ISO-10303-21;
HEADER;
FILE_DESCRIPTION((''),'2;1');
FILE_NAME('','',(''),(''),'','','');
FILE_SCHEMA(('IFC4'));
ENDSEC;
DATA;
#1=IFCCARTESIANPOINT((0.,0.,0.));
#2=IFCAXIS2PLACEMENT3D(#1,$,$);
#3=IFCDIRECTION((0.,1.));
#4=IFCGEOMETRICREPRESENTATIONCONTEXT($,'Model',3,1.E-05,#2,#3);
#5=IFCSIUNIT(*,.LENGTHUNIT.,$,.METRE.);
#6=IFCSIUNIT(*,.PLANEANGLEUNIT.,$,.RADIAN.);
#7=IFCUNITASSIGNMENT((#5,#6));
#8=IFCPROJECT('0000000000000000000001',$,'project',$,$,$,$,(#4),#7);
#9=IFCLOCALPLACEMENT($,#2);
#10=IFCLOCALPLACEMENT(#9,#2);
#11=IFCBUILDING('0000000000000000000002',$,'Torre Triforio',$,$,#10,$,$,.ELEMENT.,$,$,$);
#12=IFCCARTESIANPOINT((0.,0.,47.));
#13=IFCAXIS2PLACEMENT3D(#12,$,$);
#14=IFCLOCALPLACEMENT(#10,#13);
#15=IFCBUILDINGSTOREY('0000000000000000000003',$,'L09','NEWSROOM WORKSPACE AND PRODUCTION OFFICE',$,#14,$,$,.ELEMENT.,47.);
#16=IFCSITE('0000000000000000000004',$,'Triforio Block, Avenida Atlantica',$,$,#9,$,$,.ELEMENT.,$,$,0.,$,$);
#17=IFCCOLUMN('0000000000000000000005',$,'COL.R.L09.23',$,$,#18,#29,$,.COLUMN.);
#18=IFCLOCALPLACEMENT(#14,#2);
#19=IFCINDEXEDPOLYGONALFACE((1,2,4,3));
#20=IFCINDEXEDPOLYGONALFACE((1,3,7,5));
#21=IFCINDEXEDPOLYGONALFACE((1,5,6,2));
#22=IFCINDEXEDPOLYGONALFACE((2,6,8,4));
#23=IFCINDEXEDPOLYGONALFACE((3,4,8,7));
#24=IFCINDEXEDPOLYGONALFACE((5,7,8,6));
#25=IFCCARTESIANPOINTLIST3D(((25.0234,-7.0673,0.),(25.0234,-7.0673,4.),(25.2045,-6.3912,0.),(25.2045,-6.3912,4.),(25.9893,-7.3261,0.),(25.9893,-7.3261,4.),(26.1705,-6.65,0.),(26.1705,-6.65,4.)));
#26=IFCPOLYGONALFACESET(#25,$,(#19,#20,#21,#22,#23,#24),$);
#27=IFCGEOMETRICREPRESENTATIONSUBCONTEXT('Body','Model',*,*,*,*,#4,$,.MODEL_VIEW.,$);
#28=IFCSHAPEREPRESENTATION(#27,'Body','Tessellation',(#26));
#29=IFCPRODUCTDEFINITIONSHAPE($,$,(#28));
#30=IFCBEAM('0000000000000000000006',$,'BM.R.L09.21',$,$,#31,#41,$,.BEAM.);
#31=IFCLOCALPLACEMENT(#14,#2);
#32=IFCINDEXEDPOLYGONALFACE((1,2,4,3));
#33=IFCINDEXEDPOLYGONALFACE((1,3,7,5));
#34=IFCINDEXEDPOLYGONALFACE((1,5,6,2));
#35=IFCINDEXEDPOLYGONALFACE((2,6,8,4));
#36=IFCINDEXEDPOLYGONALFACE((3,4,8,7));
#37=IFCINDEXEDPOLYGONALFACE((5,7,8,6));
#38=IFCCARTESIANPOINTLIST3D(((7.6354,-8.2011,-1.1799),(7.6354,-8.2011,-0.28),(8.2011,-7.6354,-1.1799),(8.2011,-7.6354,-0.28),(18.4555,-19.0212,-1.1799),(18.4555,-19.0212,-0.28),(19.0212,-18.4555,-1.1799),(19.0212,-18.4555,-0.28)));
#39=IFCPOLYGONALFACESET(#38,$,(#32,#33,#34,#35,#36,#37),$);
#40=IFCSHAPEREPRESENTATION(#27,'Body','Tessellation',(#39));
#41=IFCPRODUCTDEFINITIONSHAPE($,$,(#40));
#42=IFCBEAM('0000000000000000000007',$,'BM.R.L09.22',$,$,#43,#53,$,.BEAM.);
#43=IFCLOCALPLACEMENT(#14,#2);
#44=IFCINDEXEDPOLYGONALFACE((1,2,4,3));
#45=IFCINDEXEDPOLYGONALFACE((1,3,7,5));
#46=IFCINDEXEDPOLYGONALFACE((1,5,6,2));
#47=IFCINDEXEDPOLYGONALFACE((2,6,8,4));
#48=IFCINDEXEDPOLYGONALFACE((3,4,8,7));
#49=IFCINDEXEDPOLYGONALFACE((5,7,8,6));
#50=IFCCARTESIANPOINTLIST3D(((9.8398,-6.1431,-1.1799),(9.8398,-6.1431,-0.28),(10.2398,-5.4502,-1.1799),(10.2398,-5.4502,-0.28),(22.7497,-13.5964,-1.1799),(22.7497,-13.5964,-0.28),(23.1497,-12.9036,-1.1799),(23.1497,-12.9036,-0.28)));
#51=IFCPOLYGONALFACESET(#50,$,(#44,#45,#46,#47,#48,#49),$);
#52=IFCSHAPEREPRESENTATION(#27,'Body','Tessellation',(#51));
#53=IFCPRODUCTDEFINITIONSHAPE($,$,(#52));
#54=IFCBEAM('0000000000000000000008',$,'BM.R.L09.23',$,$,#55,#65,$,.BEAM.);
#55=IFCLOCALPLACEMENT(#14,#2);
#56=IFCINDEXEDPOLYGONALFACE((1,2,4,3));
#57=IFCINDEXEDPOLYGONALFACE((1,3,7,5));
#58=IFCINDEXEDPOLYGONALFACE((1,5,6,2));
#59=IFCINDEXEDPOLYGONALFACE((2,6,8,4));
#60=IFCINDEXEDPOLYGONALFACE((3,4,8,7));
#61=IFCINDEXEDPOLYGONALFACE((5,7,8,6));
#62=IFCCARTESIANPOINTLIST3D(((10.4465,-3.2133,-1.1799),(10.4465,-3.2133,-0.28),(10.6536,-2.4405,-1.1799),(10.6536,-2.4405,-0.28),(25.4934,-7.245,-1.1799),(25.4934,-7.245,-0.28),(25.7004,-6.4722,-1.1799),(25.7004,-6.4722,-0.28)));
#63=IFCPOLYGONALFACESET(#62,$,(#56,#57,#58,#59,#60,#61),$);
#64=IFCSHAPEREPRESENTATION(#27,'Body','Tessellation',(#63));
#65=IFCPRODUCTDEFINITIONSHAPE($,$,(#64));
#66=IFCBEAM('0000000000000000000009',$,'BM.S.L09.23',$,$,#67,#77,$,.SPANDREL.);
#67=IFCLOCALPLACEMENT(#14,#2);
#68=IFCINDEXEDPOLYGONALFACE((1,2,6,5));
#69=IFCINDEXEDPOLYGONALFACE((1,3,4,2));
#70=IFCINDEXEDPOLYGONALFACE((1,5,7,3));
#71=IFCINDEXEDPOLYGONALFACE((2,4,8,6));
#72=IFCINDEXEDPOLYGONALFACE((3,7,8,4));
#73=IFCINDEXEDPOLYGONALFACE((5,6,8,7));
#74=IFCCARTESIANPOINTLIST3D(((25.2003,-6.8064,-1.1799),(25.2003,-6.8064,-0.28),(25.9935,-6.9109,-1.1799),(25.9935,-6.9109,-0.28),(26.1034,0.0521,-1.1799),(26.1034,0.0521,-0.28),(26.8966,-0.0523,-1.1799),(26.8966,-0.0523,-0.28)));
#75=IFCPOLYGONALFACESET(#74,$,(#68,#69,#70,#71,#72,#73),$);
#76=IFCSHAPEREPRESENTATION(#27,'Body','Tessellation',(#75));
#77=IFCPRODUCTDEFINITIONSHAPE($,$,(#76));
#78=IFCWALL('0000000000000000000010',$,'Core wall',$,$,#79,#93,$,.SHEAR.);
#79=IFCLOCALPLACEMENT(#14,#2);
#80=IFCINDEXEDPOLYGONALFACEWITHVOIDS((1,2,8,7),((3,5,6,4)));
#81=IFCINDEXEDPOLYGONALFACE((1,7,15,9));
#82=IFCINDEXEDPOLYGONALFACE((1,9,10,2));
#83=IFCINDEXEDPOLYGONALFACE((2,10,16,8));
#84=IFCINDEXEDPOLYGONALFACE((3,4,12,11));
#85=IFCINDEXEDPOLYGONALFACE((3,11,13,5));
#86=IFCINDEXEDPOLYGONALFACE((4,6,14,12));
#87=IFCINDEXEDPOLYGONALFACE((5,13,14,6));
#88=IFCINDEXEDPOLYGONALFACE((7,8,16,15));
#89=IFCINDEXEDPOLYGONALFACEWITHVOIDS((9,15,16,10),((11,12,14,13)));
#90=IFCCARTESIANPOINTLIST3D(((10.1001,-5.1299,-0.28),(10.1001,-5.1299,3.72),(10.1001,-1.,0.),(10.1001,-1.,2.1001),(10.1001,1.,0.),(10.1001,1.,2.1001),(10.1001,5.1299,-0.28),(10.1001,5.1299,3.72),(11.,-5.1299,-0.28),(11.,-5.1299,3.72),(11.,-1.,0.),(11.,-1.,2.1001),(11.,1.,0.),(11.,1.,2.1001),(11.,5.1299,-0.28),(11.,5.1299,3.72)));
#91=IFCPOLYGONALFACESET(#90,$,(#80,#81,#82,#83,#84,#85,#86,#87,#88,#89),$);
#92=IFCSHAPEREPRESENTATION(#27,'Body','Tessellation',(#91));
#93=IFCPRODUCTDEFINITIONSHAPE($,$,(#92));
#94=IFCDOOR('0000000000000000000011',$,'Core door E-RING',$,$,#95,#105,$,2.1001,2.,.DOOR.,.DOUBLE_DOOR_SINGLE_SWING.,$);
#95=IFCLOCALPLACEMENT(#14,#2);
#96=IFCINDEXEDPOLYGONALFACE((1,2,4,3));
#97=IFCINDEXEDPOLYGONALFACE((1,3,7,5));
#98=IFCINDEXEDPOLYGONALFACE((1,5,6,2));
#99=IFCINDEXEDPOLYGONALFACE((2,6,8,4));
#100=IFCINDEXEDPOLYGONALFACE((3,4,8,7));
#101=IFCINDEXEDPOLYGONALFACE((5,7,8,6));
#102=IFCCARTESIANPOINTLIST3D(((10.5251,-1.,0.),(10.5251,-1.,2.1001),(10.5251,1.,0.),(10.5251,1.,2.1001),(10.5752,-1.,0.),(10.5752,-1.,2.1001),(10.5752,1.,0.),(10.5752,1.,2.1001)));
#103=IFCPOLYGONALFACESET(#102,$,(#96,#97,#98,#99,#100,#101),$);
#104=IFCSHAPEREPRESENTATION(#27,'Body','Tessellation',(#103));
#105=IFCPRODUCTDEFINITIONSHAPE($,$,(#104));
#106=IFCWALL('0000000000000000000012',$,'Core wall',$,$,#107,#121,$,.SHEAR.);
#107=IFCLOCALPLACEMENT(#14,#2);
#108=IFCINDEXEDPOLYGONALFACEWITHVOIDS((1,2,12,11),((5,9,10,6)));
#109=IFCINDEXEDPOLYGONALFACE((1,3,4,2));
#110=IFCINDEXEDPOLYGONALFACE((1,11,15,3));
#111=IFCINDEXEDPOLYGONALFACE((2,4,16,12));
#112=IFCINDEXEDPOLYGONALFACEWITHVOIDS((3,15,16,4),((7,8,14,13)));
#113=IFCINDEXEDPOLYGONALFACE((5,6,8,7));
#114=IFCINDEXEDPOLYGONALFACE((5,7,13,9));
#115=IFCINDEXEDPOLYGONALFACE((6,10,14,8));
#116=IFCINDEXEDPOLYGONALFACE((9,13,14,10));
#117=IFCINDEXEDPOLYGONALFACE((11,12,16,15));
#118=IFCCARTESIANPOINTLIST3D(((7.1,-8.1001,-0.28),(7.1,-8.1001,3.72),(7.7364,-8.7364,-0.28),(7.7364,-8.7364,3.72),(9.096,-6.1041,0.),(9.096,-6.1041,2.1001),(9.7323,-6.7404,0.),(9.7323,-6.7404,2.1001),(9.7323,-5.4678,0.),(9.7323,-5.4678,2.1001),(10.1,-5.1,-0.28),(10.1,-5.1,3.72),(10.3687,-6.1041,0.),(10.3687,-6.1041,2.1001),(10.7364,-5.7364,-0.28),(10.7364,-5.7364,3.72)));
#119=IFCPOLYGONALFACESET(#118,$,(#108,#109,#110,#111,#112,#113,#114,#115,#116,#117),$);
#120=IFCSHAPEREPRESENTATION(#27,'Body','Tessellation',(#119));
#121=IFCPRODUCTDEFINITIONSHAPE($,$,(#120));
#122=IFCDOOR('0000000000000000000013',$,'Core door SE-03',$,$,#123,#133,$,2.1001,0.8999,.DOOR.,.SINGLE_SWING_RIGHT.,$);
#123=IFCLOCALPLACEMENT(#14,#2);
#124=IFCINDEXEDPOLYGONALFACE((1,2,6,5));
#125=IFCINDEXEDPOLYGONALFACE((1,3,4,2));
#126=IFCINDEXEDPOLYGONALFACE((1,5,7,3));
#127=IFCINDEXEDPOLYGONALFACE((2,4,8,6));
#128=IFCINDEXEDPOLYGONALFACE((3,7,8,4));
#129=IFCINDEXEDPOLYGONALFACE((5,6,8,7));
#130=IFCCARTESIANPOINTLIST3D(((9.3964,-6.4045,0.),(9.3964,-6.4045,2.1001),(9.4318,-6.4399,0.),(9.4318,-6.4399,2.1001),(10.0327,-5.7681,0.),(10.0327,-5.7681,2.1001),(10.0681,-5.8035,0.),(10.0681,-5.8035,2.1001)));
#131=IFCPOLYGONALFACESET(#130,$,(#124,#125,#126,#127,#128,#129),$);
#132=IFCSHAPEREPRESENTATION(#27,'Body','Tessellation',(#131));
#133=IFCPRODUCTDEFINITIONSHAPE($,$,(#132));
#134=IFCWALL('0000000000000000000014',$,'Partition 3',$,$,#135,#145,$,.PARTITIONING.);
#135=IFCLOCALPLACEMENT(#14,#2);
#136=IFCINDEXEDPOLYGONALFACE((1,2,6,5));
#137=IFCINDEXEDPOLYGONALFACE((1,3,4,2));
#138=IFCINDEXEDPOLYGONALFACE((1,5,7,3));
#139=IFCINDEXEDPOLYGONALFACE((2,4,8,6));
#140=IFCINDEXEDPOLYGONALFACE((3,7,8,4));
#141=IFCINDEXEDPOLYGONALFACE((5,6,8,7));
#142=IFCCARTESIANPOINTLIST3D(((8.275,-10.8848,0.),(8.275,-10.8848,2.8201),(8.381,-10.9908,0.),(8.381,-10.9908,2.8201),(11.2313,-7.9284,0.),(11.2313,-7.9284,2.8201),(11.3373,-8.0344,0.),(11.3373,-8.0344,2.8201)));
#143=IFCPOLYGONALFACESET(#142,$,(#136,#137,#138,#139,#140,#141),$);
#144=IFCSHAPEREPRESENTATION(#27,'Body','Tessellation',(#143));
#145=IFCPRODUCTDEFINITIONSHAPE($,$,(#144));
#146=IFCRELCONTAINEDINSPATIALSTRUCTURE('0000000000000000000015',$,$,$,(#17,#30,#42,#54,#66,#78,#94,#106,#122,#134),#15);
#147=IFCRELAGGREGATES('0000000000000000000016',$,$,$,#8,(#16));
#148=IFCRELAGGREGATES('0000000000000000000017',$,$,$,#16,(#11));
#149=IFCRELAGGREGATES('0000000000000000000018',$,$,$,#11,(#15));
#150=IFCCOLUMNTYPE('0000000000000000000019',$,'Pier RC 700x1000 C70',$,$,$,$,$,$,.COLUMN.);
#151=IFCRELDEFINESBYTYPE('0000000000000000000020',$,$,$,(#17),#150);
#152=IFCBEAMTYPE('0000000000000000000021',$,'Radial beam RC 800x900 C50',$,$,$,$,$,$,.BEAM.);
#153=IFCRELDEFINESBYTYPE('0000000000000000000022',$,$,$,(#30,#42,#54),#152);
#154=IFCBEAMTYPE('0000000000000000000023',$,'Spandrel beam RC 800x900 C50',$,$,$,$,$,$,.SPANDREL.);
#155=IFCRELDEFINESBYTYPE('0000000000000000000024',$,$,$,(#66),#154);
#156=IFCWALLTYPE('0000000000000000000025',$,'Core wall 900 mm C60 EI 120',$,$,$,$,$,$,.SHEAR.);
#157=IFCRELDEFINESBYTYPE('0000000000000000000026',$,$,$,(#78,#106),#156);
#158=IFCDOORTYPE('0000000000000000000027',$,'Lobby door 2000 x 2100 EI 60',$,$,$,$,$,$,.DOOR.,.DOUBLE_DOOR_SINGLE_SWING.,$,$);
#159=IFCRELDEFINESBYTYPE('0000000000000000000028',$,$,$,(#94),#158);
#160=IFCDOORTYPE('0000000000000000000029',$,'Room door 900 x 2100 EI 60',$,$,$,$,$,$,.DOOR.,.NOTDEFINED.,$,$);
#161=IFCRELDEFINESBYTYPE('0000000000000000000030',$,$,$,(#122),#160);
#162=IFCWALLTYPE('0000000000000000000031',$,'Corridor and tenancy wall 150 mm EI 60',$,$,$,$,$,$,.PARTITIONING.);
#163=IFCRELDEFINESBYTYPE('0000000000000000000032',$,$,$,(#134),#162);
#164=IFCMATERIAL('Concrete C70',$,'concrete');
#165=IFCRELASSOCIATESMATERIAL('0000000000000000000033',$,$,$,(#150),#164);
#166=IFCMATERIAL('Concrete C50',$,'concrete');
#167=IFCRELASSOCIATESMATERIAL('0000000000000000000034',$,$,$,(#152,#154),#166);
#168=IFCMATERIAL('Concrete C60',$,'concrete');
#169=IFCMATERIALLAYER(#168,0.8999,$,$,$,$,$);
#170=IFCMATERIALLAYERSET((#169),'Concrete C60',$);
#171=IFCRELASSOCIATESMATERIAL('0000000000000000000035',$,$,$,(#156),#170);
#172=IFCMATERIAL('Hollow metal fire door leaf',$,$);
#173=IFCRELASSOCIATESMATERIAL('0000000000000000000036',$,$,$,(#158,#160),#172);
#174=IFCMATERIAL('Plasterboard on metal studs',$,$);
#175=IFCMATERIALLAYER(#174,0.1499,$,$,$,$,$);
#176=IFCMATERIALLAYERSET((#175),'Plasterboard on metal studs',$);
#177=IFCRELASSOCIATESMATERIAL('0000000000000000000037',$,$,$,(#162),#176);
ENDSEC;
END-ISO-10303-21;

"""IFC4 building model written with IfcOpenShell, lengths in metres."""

from ifc_helpers import new_model, si_unit, direction, frame, frame_2d, origin, origin_2d, place, context, subcontext, project, spatial, rectangle, extrude, material, layer, layer_set, material_profile, profile_set, type_object, element, fill, save


model = new_model("IFC4")

# Units and contexts
model_context = context("Model", 3, precision=1e-05, world=origin(), true_north=direction((0.0, 1.0)))
body_context = subcontext(model_context, "Body", "Model", "MODEL_VIEW")
ifc_project = project(units=[si_unit("LENGTHUNIT", "METRE"), si_unit("PLANEANGLEUNIT", "RADIAN")], contexts=[model_context])

# Site, building, storey
site_placement = place(None, origin())
site = spatial("IfcSite", under=ifc_project, at=site_placement, Name="Triforio Block, Avenida Atlantica", CompositionType="ELEMENT", RefElevation=0.0)
building_placement = place(site_placement, origin())
building = spatial("IfcBuilding", under=site, at=building_placement, Name="Torre Triforio", CompositionType="ELEMENT")
storey_placement = place(building_placement, frame((0.0, 0.0, 47.0)))
storey = spatial("IfcBuildingStorey", under=building, at=storey_placement, Name="L09", Description="NEWSROOM WORKSPACE AND PRODUCTION OFFICE", CompositionType="ELEMENT", Elevation=47.0)

# Column
ifc_material_1 = material(Name="Concrete C70", Category="concrete")
ifc_material_profile_1 = material_profile(ifc_material_1, rectangle(XDim=0.7, YDim=1.0, at=origin_2d()), Name="RC 700x1000")
ifc_profile_set_1 = profile_set([ifc_material_profile_1], Name="Concrete C70")
column_type = type_object("IfcColumnType", Name="Pier RC 700x1000 C70", PredefinedType="COLUMN", material=ifc_profile_set_1)
column_placement = place(storey_placement, frame((25.5969, -6.8586, 0.0), z_axis=(0.0, 0.0, 1.0), x_axis=(0.258819, 0.965926, 0.0)))
element("IfcColumn", 1, at=column_placement, inside=storey, type_object=column_type, Name="COL.R.L09.23", PredefinedType="COLUMN", context=body_context, shape_type="SweptSolid", body=[
    extrude(rectangle(XDim=0.7, YDim=1.0, at=origin_2d()), origin(), (0.0, 0.0, 1.0), 4.0),
])

# Beams
ifc_material_2 = material(Name="Concrete C50", Category="concrete")
ifc_material_profile_2 = material_profile(ifc_material_2, rectangle(XDim=0.8, YDim=0.8999, at=origin_2d()), Name="RC 800x900")
ifc_profile_set_2 = profile_set([ifc_material_profile_2], Name="Concrete C50")
beam_type_1 = type_object("IfcBeamType", Name="Radial beam RC 800x900 C50", PredefinedType="BEAM", material=ifc_profile_set_2)
beam_1_placement = place(storey_placement, frame((7.9182, -7.9182, -0.73), z_axis=(0.707107, -0.707107, 0.0), x_axis=(0.707107, 0.707107, 0.0)))
element("IfcBeam", 2, at=beam_1_placement, inside=storey, type_object=beam_type_1, Name="BM.R.L09.21", PredefinedType="BEAM", context=body_context, shape_type="SweptSolid", body=[
    extrude(rectangle(XDim=0.8, YDim=0.8999, at=origin_2d()), origin(), (0.0, 0.0, 1.0), 15.302),
])
beam_2_placement = place(storey_placement, frame((10.0398, -5.7966, -0.73), z_axis=(0.86603, -0.499991, 0.0), x_axis=(0.499991, 0.86603, 0.0)))
element("IfcBeam", 3, at=beam_2_placement, inside=storey, type_object=beam_type_1, Name="BM.R.L09.22", PredefinedType="BEAM", context=body_context, shape_type="SweptSolid", body=[
    extrude(rectangle(XDim=0.8, YDim=0.8999, at=origin_2d()), origin(), (0.0, 0.0, 1.0), 14.907),
])
beam_3_placement = place(storey_placement, frame((10.55, -2.8269, -0.73), z_axis=(0.965927, -0.258815, 0.0), x_axis=(0.258815, 0.965927, 0.0)))
element("IfcBeam", 4, at=beam_3_placement, inside=storey, type_object=beam_type_1, Name="BM.R.L09.23", PredefinedType="BEAM", context=body_context, shape_type="SweptSolid", body=[
    extrude(rectangle(XDim=0.8, YDim=0.8999, at=origin_2d()), origin(), (0.0, 0.0, 1.0), 15.5776),
])
ifc_material_profile_3 = material_profile(ifc_material_2, rectangle(XDim=0.8, YDim=0.8999, at=origin_2d()), Name="RC 800x900")
ifc_profile_set_3 = profile_set([ifc_material_profile_3], Name="Concrete C50")
beam_type_2 = type_object("IfcBeamType", Name="Spandrel beam RC 800x900 C50", PredefinedType="SPANDREL", material=ifc_profile_set_3)
beam_4_placement = place(storey_placement, frame((25.5969, -6.8586, -0.73), z_axis=(0.130543, 0.991443, 0.0), x_axis=(-0.991443, 0.130543, 0.0)))
element("IfcBeam", 5, at=beam_4_placement, inside=storey, type_object=beam_type_2, Name="BM.S.L09.23", PredefinedType="SPANDREL", context=body_context, shape_type="SweptSolid", body=[
    extrude(rectangle(XDim=0.8, YDim=0.8999, at=origin_2d()), origin(), (0.0, 0.0, 1.0), 6.9177),
])

# Walls, openings, doors
ifc_material_3 = material(Name="Concrete C60", Category="concrete")
ifc_layer_1 = layer(ifc_material_3, 0.8999)
ifc_layer_set_1 = layer_set([ifc_layer_1], Name="Concrete C60")
wall_type_1 = type_object("IfcWallType", Name="Core wall 900 mm C60 EI 120", PredefinedType="SHEAR", material=ifc_layer_set_1)
wall_1_placement = place(storey_placement, frame((10.55, -5.1299, -0.28), z_axis=(0.0, 0.0, 1.0), x_axis=(0.0, 1.0, 0.0)))
wall_1 = element("IfcWall", 6, at=wall_1_placement, inside=storey, type_object=wall_type_1, Name="Core wall", PredefinedType="SHEAR", context=body_context, shape_type="SweptSolid", body=[
    extrude(rectangle(XDim=10.2598, YDim=0.8999, at=frame_2d((5.1299, 0.0))), origin(), (0.0, 0.0, 1.0), 4.0),
])
opening_1_placement = place(wall_1_placement, frame((4.1299, 0.0, 0.28)))
opening_1 = element("IfcOpeningElement", 7, at=opening_1_placement, cuts=wall_1, PredefinedType="OPENING", context=body_context, shape_type="SweptSolid", body=[
    extrude(rectangle(XDim=2.0, YDim=2.1001, at=frame_2d((1.0, 1.05))), frame((0.0, 0.46, 0.0), z_axis=(0.0, -1.0, 0.0), x_axis=(1.0, 0.0, 0.0)), (0.0, 0.0, 1.0), 0.9199),
])
ifc_material_4 = material(Name="Hollow metal fire door leaf")
door_type_1 = type_object("IfcDoorType", Name="Lobby door 2000 x 2100 EI 60", OperationType="DOUBLE_DOOR_SINGLE_SWING", PredefinedType="DOOR", material=ifc_material_4)
door_1_placement = place(opening_1_placement, origin())
door_1 = element("IfcDoor", 8, at=door_1_placement, inside=storey, type_object=door_type_1, Name="Core door E-RING", OperationType="DOUBLE_DOOR_SINGLE_SWING", OverallHeight=2.1001, OverallWidth=2.0, PredefinedType="DOOR", context=body_context, shape_type="SweptSolid", body=[
    extrude(rectangle(XDim=2.0, YDim=2.1001, at=frame_2d((1.0, 1.05))), frame((0.0, 0.0249, 0.0), z_axis=(0.0, -1.0, 0.0), x_axis=(1.0, 0.0, 0.0)), (0.0, 0.0, 1.0), 0.05),
])
fill(opening_1, door_1)
wall_2_placement = place(storey_placement, frame((10.4182, -5.4182, -0.28), z_axis=(0.0, 0.0, 1.0), x_axis=(-0.707107, -0.707107, 0.0)))
wall_2 = element("IfcWall", 9, at=wall_2_placement, inside=storey, type_object=wall_type_1, Name="Core wall", PredefinedType="SHEAR", context=body_context, shape_type="SweptSolid", body=[
    extrude(rectangle(XDim=4.2427, YDim=0.8999, at=frame_2d((2.1213, 0.0))), origin(), (0.0, 0.0, 1.0), 4.0),
])
opening_2_placement = place(wall_2_placement, frame((0.52, 0.0, 0.28)))
opening_2 = element("IfcOpeningElement", 10, at=opening_2_placement, cuts=wall_2, PredefinedType="OPENING", context=body_context, shape_type="SweptSolid", body=[
    extrude(rectangle(XDim=0.8999, YDim=2.1001, at=frame_2d((0.45, 1.05))), frame((0.0, 0.46, 0.0), z_axis=(0.0, -1.0, 0.0), x_axis=(1.0, 0.0, 0.0)), (0.0, 0.0, 1.0), 0.9199),
])
door_type_2 = type_object("IfcDoorType", Name="Room door 900 x 2100 EI 60", OperationType="NOTDEFINED", PredefinedType="DOOR", material=ifc_material_4)
door_2_placement = place(opening_2_placement, origin())
door_2 = element("IfcDoor", 11, at=door_2_placement, inside=storey, type_object=door_type_2, Name="Core door SE-03", OperationType="SINGLE_SWING_RIGHT", OverallHeight=2.1001, OverallWidth=0.8999, PredefinedType="DOOR", context=body_context, shape_type="SweptSolid", body=[
    extrude(rectangle(XDim=0.8999, YDim=2.1001, at=frame_2d((0.45, 1.05))), frame((0.0, 0.0249, 0.0), z_axis=(0.0, -1.0, 0.0), x_axis=(1.0, 0.0, 0.0)), (0.0, 0.0, 1.0), 0.05),
])
fill(opening_2, door_2)

# Wall
ifc_material_5 = material(Name="Plasterboard on metal studs")
ifc_layer_2 = layer(ifc_material_5, 0.1499)
ifc_layer_set_2 = layer_set([ifc_layer_2], Name="Plasterboard on metal studs")
wall_type_2 = type_object("IfcWallType", Name="Corridor and tenancy wall 150 mm EI 60", PredefinedType="PARTITIONING", material=ifc_layer_set_2)
wall_3_placement = place(storey_placement, frame((11.2842, -7.9814, 0.0), z_axis=(0.0, 0.0, 1.0), x_axis=(-0.707078, -0.707136, 0.0)))
element("IfcWall", 12, at=wall_3_placement, inside=storey, type_object=wall_type_2, Name="Partition 3", PredefinedType="PARTITIONING", context=body_context, shape_type="SweptSolid", body=[
    extrude(rectangle(XDim=4.1809, YDim=0.1499, at=frame_2d((2.0903, 0.0))), origin(), (0.0, 0.0, 1.0), 2.8201),
])

save(model, "model.ifc")
